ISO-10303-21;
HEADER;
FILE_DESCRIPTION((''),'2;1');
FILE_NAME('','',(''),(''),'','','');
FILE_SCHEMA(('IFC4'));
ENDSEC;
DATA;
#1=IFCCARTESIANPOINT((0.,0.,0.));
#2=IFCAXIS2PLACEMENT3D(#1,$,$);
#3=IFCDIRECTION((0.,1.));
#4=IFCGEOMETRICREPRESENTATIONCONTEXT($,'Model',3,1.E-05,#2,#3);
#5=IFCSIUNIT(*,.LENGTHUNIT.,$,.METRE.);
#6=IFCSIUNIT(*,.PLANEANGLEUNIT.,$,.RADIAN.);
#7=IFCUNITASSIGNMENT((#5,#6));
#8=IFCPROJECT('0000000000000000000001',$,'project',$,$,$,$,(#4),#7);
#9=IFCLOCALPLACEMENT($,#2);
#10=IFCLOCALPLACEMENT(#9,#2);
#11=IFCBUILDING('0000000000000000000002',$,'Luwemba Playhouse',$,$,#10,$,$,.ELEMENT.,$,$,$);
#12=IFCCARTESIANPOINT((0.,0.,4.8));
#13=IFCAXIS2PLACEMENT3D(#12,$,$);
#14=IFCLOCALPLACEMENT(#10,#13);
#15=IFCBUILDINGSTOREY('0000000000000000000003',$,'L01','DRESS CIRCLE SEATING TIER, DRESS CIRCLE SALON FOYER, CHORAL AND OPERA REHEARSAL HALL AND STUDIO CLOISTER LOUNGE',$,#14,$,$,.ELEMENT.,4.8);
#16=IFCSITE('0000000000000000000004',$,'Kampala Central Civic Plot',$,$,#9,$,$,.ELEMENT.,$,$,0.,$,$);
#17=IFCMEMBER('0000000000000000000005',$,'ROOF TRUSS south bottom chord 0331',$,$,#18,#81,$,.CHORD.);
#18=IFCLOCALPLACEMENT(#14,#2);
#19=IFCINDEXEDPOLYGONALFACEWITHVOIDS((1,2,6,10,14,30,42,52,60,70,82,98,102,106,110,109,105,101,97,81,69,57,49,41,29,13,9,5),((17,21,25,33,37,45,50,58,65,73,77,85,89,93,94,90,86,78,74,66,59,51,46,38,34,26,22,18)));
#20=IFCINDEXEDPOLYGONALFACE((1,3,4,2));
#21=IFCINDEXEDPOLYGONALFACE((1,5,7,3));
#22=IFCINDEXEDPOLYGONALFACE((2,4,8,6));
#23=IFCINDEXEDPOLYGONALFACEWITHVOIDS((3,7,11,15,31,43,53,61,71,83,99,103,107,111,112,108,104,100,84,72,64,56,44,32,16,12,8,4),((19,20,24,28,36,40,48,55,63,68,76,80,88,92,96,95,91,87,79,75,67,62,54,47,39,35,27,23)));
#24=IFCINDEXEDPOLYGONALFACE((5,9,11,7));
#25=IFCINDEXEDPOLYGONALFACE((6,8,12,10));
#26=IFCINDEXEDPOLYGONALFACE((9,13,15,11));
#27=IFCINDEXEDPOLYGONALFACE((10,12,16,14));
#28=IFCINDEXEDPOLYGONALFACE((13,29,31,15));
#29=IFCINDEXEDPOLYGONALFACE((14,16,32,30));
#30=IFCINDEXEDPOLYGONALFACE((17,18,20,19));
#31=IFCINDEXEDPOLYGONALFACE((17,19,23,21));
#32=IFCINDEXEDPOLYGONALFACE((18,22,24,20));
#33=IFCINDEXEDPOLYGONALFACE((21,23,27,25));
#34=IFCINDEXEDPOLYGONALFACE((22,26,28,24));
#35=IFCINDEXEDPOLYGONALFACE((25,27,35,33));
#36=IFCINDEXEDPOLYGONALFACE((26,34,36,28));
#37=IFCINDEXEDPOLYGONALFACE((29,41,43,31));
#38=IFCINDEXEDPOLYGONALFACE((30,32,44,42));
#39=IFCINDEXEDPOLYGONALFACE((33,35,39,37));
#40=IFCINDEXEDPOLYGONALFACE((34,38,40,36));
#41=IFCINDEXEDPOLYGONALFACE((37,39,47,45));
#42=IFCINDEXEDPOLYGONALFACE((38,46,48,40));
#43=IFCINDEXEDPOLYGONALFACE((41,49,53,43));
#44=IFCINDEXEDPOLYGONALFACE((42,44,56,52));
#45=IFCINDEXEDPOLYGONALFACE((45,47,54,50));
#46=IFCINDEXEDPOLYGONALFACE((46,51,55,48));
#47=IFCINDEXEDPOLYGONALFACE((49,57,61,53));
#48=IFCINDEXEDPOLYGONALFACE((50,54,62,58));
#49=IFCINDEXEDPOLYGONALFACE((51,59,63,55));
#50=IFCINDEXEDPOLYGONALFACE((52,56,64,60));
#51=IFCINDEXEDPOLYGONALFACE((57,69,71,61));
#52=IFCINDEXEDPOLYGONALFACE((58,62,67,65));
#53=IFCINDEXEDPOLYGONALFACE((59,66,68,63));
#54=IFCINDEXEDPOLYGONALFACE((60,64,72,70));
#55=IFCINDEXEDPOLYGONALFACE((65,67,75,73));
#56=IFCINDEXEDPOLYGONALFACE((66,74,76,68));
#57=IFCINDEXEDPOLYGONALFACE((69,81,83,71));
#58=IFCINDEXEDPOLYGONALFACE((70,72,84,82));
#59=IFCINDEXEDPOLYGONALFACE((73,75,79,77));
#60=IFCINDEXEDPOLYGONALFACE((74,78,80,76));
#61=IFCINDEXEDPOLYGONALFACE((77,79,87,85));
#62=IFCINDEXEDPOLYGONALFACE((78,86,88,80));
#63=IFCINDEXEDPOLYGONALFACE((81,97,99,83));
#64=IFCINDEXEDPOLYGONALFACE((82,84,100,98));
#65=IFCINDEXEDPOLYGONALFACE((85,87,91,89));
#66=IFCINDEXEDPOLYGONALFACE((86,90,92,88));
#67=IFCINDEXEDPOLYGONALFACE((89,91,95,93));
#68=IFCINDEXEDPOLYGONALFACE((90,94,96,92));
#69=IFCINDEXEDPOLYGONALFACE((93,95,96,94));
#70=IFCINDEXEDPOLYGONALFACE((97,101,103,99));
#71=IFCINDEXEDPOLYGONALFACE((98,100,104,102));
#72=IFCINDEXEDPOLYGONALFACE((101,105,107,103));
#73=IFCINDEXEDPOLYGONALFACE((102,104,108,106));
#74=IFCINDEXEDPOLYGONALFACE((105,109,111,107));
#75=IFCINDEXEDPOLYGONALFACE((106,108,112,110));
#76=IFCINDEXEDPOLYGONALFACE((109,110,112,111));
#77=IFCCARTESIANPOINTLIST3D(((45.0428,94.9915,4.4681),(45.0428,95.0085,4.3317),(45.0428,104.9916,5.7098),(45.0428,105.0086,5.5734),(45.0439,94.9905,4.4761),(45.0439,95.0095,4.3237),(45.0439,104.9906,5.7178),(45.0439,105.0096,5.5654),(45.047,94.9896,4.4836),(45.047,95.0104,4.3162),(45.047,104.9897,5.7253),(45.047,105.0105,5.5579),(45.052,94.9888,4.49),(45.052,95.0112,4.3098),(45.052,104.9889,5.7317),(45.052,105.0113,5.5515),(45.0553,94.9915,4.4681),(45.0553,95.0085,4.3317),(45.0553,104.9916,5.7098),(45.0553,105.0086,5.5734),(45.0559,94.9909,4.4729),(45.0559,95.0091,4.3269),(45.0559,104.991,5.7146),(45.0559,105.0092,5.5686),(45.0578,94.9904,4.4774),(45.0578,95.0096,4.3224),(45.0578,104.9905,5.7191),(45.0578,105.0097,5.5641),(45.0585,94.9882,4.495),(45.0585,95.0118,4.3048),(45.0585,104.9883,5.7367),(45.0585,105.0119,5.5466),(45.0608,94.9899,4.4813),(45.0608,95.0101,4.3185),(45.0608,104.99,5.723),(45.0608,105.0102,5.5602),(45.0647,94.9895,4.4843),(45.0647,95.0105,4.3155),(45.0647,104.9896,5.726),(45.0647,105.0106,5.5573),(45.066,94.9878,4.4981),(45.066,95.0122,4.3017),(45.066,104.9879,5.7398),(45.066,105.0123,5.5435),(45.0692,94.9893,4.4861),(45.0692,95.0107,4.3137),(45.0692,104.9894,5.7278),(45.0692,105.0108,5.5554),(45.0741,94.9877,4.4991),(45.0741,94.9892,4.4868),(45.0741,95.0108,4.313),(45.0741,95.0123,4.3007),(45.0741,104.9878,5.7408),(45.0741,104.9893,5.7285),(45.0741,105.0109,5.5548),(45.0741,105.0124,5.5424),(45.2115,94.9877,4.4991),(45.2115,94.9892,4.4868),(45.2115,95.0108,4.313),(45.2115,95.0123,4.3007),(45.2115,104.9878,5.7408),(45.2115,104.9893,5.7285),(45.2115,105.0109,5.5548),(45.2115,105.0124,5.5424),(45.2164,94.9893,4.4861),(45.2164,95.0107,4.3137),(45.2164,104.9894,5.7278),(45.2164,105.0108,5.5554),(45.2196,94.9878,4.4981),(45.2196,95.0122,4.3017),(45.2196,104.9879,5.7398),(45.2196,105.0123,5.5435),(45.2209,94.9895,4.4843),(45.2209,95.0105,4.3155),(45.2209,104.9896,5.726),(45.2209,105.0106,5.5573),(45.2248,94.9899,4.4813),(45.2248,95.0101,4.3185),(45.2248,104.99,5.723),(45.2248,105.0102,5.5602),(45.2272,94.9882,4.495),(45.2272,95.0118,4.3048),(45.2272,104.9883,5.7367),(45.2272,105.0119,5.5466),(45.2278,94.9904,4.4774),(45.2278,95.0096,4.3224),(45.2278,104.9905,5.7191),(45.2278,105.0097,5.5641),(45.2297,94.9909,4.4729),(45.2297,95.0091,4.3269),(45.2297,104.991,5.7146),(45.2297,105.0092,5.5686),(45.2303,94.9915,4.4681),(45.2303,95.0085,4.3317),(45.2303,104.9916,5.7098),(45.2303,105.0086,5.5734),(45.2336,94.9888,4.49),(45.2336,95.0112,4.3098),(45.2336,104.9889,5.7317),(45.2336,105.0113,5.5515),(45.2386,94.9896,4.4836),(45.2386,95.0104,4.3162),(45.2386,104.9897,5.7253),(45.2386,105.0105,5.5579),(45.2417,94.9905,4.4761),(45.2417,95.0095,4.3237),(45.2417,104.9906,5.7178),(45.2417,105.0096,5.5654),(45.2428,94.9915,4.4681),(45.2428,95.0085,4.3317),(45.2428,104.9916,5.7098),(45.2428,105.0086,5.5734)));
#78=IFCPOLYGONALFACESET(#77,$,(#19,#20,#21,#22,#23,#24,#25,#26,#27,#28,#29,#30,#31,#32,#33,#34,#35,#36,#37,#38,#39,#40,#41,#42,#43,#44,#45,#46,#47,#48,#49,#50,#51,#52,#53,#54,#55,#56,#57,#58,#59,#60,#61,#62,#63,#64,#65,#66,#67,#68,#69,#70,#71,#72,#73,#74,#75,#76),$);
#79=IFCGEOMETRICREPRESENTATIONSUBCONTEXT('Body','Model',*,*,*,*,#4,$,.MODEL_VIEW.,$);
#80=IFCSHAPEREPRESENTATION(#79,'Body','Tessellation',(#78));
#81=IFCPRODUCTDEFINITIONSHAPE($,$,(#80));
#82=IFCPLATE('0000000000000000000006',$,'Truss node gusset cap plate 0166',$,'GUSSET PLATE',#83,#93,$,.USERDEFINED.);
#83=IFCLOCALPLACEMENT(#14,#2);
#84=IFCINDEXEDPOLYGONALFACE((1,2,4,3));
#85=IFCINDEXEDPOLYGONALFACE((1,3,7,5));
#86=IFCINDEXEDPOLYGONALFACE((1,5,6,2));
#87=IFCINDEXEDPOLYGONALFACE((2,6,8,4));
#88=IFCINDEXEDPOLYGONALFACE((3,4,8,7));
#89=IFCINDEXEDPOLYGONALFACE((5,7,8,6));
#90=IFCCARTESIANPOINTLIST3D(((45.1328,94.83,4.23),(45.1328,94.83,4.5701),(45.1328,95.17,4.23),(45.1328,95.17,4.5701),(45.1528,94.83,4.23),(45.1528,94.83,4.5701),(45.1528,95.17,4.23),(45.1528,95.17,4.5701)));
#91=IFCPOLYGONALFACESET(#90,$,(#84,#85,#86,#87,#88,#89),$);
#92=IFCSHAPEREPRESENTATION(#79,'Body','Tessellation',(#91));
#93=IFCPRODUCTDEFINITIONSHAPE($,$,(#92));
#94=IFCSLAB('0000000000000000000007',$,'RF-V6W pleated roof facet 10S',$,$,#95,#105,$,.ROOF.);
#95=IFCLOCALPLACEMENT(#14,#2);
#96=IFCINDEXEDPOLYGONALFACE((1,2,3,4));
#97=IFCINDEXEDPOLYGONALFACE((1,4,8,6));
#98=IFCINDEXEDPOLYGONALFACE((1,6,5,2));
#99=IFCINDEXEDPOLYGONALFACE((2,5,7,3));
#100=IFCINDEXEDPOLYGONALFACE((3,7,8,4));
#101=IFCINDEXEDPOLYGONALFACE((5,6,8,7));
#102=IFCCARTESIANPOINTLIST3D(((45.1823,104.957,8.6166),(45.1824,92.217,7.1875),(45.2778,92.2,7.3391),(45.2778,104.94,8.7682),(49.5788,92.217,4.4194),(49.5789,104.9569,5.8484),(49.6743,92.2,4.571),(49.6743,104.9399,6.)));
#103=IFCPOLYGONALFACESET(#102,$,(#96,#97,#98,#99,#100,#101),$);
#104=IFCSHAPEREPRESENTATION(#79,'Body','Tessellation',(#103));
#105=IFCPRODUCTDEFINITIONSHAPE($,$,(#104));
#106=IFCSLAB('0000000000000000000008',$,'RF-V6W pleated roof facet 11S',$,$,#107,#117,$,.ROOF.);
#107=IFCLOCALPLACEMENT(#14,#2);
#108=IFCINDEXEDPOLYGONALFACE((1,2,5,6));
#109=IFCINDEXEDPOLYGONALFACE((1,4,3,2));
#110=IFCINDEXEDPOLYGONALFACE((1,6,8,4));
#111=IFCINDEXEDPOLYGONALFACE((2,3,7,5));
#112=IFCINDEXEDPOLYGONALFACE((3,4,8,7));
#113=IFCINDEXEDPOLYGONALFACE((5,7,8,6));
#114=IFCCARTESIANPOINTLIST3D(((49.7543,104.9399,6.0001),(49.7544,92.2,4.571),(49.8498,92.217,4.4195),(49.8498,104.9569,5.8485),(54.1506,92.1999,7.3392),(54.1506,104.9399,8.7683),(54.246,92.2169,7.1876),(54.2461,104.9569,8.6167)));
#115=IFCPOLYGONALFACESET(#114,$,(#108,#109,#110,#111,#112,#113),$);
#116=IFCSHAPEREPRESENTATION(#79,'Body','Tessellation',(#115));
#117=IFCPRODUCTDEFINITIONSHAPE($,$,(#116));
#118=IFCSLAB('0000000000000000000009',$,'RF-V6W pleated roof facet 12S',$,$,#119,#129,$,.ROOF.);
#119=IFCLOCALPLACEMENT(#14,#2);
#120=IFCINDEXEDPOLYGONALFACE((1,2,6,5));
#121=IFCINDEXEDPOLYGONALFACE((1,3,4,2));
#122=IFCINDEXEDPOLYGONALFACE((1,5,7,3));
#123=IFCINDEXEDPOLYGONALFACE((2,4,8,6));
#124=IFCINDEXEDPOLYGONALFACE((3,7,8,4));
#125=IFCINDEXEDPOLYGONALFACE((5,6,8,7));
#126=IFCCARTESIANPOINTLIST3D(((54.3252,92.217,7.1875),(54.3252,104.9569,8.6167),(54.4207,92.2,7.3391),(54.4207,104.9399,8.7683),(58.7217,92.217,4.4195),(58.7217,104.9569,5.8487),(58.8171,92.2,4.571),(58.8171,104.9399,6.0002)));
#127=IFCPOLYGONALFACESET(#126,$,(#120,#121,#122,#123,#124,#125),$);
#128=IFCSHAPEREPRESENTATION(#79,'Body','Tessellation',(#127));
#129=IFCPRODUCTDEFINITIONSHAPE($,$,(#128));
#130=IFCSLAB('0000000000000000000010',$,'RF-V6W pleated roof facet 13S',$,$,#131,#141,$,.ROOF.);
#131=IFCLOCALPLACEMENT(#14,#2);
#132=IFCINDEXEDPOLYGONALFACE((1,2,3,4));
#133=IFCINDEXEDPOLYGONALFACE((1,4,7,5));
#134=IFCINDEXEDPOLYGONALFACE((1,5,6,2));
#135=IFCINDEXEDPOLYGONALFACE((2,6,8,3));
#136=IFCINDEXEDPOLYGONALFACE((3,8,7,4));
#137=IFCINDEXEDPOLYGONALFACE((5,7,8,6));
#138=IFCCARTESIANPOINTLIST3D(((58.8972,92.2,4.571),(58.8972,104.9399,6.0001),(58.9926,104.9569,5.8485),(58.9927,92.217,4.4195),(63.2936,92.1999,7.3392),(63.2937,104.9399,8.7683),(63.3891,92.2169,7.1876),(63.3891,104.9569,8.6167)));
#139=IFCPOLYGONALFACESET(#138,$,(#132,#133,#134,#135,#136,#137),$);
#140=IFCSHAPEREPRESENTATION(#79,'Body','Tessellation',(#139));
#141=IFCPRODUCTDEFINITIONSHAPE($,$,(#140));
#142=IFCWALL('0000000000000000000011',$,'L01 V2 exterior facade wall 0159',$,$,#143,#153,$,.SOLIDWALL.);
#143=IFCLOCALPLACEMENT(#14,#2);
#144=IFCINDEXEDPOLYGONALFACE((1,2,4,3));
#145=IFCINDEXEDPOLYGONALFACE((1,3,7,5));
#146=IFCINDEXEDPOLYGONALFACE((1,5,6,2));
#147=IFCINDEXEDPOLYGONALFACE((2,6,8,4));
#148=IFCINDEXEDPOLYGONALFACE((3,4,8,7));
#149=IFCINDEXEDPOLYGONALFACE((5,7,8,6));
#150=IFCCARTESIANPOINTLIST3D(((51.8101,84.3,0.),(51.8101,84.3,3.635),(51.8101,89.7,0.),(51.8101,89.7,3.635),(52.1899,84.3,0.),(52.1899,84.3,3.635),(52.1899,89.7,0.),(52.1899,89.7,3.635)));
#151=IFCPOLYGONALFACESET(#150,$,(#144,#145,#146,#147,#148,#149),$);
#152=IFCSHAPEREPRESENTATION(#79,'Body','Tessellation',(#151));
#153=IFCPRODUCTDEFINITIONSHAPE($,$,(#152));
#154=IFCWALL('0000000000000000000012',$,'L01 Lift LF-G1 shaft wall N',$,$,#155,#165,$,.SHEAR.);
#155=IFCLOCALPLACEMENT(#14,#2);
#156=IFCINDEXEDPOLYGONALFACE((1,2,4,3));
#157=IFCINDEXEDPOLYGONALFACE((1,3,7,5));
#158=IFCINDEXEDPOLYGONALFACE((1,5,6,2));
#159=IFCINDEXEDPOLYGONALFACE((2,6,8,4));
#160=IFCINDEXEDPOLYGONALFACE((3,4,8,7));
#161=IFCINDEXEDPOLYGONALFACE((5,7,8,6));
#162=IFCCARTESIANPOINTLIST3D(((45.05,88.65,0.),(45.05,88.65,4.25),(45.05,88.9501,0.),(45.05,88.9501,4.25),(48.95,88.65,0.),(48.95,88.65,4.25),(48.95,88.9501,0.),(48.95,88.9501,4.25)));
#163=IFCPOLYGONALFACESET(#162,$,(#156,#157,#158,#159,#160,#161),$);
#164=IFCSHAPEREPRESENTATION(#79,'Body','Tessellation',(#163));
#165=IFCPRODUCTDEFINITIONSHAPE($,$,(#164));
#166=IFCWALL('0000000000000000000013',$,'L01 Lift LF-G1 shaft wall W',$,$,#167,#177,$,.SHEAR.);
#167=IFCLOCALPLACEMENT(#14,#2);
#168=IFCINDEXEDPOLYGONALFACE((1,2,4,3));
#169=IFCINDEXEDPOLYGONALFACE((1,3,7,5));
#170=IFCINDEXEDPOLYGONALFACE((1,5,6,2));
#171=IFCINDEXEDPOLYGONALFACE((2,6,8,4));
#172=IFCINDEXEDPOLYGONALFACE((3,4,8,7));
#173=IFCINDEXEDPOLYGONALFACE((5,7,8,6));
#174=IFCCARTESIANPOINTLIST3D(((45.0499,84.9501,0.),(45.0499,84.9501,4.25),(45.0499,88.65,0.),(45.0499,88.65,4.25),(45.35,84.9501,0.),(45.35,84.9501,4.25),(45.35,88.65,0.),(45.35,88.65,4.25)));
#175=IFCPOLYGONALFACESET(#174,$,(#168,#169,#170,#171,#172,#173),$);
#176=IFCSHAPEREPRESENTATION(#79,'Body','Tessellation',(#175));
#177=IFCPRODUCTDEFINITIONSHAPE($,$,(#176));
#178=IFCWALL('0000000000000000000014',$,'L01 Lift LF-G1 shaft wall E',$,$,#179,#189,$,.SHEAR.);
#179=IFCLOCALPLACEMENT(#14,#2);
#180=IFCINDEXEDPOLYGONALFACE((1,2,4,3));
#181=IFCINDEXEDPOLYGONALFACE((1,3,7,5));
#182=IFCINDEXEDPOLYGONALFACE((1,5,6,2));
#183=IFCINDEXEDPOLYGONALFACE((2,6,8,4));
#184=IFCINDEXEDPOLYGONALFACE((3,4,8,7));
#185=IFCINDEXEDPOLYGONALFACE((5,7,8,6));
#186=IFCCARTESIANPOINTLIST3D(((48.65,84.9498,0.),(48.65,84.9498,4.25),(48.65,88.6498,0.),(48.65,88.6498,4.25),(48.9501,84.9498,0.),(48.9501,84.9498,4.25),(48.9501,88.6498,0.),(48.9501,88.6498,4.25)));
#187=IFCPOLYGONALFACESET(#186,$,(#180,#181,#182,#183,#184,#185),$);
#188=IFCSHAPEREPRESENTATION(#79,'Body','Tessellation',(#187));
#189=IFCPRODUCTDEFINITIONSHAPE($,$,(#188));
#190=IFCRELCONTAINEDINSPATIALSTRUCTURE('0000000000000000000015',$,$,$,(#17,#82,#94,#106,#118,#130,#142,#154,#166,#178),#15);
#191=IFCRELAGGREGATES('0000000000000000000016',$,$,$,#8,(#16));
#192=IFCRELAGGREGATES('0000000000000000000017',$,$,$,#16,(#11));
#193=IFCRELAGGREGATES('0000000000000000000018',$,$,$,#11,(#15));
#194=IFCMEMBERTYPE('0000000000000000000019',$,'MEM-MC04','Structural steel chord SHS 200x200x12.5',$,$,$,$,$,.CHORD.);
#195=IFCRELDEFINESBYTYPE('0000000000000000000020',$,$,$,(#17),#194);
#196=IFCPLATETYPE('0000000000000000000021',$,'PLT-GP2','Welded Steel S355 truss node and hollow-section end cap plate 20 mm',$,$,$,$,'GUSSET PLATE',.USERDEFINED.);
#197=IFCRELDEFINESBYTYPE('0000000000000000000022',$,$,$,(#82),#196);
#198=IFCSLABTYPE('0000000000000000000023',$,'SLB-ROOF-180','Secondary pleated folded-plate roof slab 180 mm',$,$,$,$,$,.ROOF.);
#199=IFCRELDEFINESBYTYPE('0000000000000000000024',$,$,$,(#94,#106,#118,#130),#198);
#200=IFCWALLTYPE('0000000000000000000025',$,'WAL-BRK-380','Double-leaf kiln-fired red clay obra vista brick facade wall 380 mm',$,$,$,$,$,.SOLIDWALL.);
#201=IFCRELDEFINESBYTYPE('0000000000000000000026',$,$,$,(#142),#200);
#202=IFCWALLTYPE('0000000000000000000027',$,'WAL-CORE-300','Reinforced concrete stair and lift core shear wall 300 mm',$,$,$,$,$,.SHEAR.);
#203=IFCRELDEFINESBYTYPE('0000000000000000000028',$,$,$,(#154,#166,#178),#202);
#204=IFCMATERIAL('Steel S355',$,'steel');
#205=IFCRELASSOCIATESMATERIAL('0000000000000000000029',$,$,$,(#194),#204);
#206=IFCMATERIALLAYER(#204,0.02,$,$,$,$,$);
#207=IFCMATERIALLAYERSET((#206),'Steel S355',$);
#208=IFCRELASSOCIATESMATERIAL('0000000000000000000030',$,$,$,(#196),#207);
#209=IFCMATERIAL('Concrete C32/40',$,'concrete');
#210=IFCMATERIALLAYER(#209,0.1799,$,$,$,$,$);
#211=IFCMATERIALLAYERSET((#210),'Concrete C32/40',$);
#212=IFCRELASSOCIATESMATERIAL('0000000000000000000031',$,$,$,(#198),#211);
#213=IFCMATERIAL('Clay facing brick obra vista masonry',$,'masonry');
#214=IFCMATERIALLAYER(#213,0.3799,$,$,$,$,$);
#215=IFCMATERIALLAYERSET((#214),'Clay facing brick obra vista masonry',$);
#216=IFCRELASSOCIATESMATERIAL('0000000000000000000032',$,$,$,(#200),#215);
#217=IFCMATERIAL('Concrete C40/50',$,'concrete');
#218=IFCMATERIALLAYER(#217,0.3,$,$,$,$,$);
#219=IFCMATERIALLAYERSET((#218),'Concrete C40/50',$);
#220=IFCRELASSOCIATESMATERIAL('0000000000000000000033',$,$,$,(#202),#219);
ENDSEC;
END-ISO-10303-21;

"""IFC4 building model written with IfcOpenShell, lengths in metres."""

from ifc_helpers import new_model, si_unit, direction, frame, frame_2d, origin, origin_2d, place, context, subcontext, project, spatial, polyline, rectangle, hollow_rectangle, outline, extrude, material, layer, layer_set, material_profile, profile_set, type_object, element, save


model = new_model("IFC4")

# Units and contexts
model_context = context("Model", 3, precision=1e-05, world=origin(), true_north=direction((0.0, 1.0)))
body_context = subcontext(model_context, "Body", "Model", "MODEL_VIEW")
ifc_project = project(units=[si_unit("LENGTHUNIT", "METRE"), si_unit("PLANEANGLEUNIT", "RADIAN")], contexts=[model_context])

# Site, building, storey
site_placement = place(None, origin())
site = spatial("IfcSite", under=ifc_project, at=site_placement, Name="Kampala Central Civic Plot", CompositionType="ELEMENT", RefElevation=0.0)
building_placement = place(site_placement, origin())
building = spatial("IfcBuilding", under=site, at=building_placement, Name="Luwemba Playhouse", CompositionType="ELEMENT")
storey_placement = place(building_placement, frame((0.0, 0.0, 4.8)))
storey = spatial("IfcBuildingStorey", under=building, at=storey_placement, Name="L01", Description="DRESS CIRCLE SEATING TIER, DRESS CIRCLE SALON FOYER, CHORAL AND OPERA REHEARSAL HALL AND STUDIO CLOISTER LOUNGE", CompositionType="ELEMENT", Elevation=4.8)

# Shared definitions
ifc_material_1 = material(Name="Concrete C40/50", Category="concrete")

# Shared definitions
ifc_material_2 = material(Name="Steel S355", Category="steel")

# Member
ifc_material_profile_1 = material_profile(ifc_material_2, hollow_rectangle(XDim=0.2, YDim=0.2, WallThickness=0.0125, InnerFilletRadius=0.0188, OuterFilletRadius=0.0312, at=origin_2d()))
ifc_profile_set_1 = profile_set([ifc_material_profile_1], Name="Steel S355")
member_type_1 = type_object("IfcMemberType", Name="MEM-MC04", Description="Structural steel chord SHS 200x200x12.5", PredefinedType="CHORD", material=ifc_profile_set_1)
member_1_placement = place(storey_placement, frame((45.1428, 95.0, 4.3999), z_axis=(0.0, 0.992379, 0.123224), x_axis=(-1.0, 0.0, 0.0)))
element("IfcMember", 1, at=member_1_placement, inside=storey, type_object=member_type_1, Name="ROOF TRUSS south bottom chord 0331", PredefinedType="CHORD", context=body_context, shape_type="SweptSolid", body=[
    extrude(hollow_rectangle(XDim=0.2, YDim=0.2, WallThickness=0.0125, InnerFilletRadius=0.0188, OuterFilletRadius=0.0312, at=origin_2d()), origin(), (0.0, 0.0, 1.0), 10.0769),
])

# Plate
ifc_layer_1 = layer(ifc_material_2, 0.02)
ifc_layer_set_1 = layer_set([ifc_layer_1], Name="Steel S355")
plate_type = type_object("IfcPlateType", Name="PLT-GP2", Description="Welded Steel S355 truss node and hollow-section end cap plate 20 mm", ElementType="GUSSET PLATE", PredefinedType="USERDEFINED", material=ifc_layer_set_1)
plate_placement = place(storey_placement, frame((45.1428, 95.0, 4.23), z_axis=(0.0, 0.0, 1.0), x_axis=(1.0, 0.0, 0.0)))
element("IfcPlate", 2, at=plate_placement, inside=storey, type_object=plate_type, Name="Truss node gusset cap plate 0166", ObjectType="GUSSET PLATE", PredefinedType="USERDEFINED", context=body_context, shape_type="SweptSolid", body=[
    extrude(rectangle(XDim=0.02, YDim=0.3401, at=origin_2d()), origin(), (0.0, 0.0, 1.0), 0.3401),
])

# Slabs
ifc_material_3 = material(Name="Concrete C32/40", Category="concrete")
ifc_layer_2 = layer(ifc_material_3, 0.1799)
ifc_layer_set_2 = layer_set([ifc_layer_2], Name="Concrete C32/40")
slab_type = type_object("IfcSlabType", Name="SLB-ROOF-180", Description="Secondary pleated folded-plate roof slab 180 mm", PredefinedType="ROOF", material=ifc_layer_set_2)
slab_1_placement = place(storey_placement, frame((45.2778, 92.2, 7.3391), z_axis=(0.530433, -0.094499, 0.842443), x_axis=(0.84623, 0.000002, -0.532817)))
element("IfcSlab", 3, at=slab_1_placement, inside=storey, type_object=slab_type, Name="RF-V6W pleated roof facet 10S", PredefinedType="ROOF", context=body_context, shape_type="SweptSolid", body=[
    extrude(outline(polyline([(0.0, 0.0), (5.1953, 0.0), (4.434, 12.7973), (-0.7615, 12.7973), (0.0, 0.0)])), origin(), (0.0, 0.0, -1.0), 0.1799),
])
slab_2_placement = place(storey_placement, frame((49.7544, 92.2, 4.571), z_axis=(-0.530454, -0.094498, 0.84243), x_axis=(0.846217, -0.000002, 0.532839)))
element("IfcSlab", 4, at=slab_2_placement, inside=storey, type_object=slab_type, Name="RF-V6W pleated roof facet 11S", PredefinedType="ROOF", context=body_context, shape_type="SweptSolid", body=[
    extrude(outline(polyline([(0.0, 0.0), (5.1951, 0.0), (5.9566, 12.7973), (0.7614, 12.7972), (0.0, 0.0)])), origin(), (0.0, 0.0, -1.0), 0.1799),
])
slab_3_placement = place(storey_placement, frame((54.4207, 92.2, 7.3391), z_axis=(0.530416, -0.094508, 0.842453), x_axis=(0.846241, 0.0, -0.532801)))
element("IfcSlab", 5, at=slab_3_placement, inside=storey, type_object=slab_type, Name="RF-V6W pleated roof facet 12S", PredefinedType="ROOF", context=body_context, shape_type="SweptSolid", body=[
    extrude(outline(polyline([(0.0, 0.0), (5.1953, 0.0), (4.4338, 12.7973), (-0.7615, 12.7973), (0.0, 0.0)])), origin(), (0.0, 0.0, -1.0), 0.1799),
])
slab_4_placement = place(storey_placement, frame((58.8972, 92.2, 4.571), z_axis=(-0.530433, -0.094499, 0.842443), x_axis=(0.84623, -0.000002, 0.532817)))
element("IfcSlab", 6, at=slab_4_placement, inside=storey, type_object=slab_type, Name="RF-V6W pleated roof facet 13S", PredefinedType="ROOF", context=body_context, shape_type="SweptSolid", body=[
    extrude(outline(polyline([(0.0, 0.0), (5.1953, 0.0), (5.9568, 12.7973), (0.7613, 12.7973), (0.0, 0.0)])), origin(), (0.0, 0.0, -1.0), 0.1799),
])

# Wall
ifc_material_4 = material(Name="Clay facing brick obra vista masonry", Category="masonry")
ifc_layer_3 = layer(ifc_material_4, 0.3799)
ifc_layer_set_3 = layer_set([ifc_layer_3], Name="Clay facing brick obra vista masonry")
wall_type_1 = type_object("IfcWallType", Name="WAL-BRK-380", Description="Double-leaf kiln-fired red clay obra vista brick facade wall 380 mm", PredefinedType="SOLIDWALL", material=ifc_layer_set_3)
wall_1_placement = place(storey_placement, frame((52.0, 89.7, 0.0), z_axis=(0.0, 0.0, 1.0), x_axis=(0.0, -1.0, 0.0)))
element("IfcWall", 7, at=wall_1_placement, inside=storey, type_object=wall_type_1, Name="L01 V2 exterior facade wall 0159", PredefinedType="SOLIDWALL", context=body_context, shape_type="SweptSolid", body=[
    extrude(rectangle(XDim=5.3999, YDim=0.3799, at=frame_2d((2.7, 0.0))), origin(), (0.0, 0.0, 1.0), 3.635),
])

# Shared definitions
ifc_layer_4 = layer(ifc_material_1, 0.3)
ifc_layer_set_4 = layer_set([ifc_layer_4], Name="Concrete C40/50")
wall_type_2 = type_object("IfcWallType", Name="WAL-CORE-300", Description="Reinforced concrete stair and lift core shear wall 300 mm", PredefinedType="SHEAR", material=ifc_layer_set_4)

# Walls
wall_2_placement = place(storey_placement, frame((48.95, 88.8, 0.0), z_axis=(0.0, 0.0, 1.0), x_axis=(-1.0, 0.0, 0.0)))
element("IfcWall", 8, at=wall_2_placement, inside=storey, type_object=wall_type_2, Name="L01 Lift LF-G1 shaft wall N", PredefinedType="SHEAR", context=body_context, shape_type="SweptSolid", body=[
    extrude(rectangle(XDim=3.8999, YDim=0.3, at=frame_2d((1.95, 0.0))), origin(), (0.0, 0.0, 1.0), 4.25),
])
for number, where, z_axis, x_axis, name in (
    (9, (45.2, 84.95, 0.0), (0.0, 0.0, 1.0), (0.0, 1.0, 0.0), "L01 Lift LF-G1 shaft wall W"),
    (10, (48.8, 88.6499, 0.0), (0.0, 0.0, 1.0), (0.0, -1.0, 0.0), "L01 Lift LF-G1 shaft wall E"),
):
    element("IfcWall", number, at=place(storey_placement, frame(where, z_axis=z_axis, x_axis=x_axis)), inside=storey, type_object=wall_type_2, Name=name, PredefinedType="SHEAR", context=body_context, shape_type="SweptSolid", body=[
        extrude(rectangle(XDim=3.7, YDim=0.3, at=frame_2d((1.8501, 0.0))), origin(), (0.0, 0.0, 1.0), 4.25),
    ])

save(model, "model.ifc")
